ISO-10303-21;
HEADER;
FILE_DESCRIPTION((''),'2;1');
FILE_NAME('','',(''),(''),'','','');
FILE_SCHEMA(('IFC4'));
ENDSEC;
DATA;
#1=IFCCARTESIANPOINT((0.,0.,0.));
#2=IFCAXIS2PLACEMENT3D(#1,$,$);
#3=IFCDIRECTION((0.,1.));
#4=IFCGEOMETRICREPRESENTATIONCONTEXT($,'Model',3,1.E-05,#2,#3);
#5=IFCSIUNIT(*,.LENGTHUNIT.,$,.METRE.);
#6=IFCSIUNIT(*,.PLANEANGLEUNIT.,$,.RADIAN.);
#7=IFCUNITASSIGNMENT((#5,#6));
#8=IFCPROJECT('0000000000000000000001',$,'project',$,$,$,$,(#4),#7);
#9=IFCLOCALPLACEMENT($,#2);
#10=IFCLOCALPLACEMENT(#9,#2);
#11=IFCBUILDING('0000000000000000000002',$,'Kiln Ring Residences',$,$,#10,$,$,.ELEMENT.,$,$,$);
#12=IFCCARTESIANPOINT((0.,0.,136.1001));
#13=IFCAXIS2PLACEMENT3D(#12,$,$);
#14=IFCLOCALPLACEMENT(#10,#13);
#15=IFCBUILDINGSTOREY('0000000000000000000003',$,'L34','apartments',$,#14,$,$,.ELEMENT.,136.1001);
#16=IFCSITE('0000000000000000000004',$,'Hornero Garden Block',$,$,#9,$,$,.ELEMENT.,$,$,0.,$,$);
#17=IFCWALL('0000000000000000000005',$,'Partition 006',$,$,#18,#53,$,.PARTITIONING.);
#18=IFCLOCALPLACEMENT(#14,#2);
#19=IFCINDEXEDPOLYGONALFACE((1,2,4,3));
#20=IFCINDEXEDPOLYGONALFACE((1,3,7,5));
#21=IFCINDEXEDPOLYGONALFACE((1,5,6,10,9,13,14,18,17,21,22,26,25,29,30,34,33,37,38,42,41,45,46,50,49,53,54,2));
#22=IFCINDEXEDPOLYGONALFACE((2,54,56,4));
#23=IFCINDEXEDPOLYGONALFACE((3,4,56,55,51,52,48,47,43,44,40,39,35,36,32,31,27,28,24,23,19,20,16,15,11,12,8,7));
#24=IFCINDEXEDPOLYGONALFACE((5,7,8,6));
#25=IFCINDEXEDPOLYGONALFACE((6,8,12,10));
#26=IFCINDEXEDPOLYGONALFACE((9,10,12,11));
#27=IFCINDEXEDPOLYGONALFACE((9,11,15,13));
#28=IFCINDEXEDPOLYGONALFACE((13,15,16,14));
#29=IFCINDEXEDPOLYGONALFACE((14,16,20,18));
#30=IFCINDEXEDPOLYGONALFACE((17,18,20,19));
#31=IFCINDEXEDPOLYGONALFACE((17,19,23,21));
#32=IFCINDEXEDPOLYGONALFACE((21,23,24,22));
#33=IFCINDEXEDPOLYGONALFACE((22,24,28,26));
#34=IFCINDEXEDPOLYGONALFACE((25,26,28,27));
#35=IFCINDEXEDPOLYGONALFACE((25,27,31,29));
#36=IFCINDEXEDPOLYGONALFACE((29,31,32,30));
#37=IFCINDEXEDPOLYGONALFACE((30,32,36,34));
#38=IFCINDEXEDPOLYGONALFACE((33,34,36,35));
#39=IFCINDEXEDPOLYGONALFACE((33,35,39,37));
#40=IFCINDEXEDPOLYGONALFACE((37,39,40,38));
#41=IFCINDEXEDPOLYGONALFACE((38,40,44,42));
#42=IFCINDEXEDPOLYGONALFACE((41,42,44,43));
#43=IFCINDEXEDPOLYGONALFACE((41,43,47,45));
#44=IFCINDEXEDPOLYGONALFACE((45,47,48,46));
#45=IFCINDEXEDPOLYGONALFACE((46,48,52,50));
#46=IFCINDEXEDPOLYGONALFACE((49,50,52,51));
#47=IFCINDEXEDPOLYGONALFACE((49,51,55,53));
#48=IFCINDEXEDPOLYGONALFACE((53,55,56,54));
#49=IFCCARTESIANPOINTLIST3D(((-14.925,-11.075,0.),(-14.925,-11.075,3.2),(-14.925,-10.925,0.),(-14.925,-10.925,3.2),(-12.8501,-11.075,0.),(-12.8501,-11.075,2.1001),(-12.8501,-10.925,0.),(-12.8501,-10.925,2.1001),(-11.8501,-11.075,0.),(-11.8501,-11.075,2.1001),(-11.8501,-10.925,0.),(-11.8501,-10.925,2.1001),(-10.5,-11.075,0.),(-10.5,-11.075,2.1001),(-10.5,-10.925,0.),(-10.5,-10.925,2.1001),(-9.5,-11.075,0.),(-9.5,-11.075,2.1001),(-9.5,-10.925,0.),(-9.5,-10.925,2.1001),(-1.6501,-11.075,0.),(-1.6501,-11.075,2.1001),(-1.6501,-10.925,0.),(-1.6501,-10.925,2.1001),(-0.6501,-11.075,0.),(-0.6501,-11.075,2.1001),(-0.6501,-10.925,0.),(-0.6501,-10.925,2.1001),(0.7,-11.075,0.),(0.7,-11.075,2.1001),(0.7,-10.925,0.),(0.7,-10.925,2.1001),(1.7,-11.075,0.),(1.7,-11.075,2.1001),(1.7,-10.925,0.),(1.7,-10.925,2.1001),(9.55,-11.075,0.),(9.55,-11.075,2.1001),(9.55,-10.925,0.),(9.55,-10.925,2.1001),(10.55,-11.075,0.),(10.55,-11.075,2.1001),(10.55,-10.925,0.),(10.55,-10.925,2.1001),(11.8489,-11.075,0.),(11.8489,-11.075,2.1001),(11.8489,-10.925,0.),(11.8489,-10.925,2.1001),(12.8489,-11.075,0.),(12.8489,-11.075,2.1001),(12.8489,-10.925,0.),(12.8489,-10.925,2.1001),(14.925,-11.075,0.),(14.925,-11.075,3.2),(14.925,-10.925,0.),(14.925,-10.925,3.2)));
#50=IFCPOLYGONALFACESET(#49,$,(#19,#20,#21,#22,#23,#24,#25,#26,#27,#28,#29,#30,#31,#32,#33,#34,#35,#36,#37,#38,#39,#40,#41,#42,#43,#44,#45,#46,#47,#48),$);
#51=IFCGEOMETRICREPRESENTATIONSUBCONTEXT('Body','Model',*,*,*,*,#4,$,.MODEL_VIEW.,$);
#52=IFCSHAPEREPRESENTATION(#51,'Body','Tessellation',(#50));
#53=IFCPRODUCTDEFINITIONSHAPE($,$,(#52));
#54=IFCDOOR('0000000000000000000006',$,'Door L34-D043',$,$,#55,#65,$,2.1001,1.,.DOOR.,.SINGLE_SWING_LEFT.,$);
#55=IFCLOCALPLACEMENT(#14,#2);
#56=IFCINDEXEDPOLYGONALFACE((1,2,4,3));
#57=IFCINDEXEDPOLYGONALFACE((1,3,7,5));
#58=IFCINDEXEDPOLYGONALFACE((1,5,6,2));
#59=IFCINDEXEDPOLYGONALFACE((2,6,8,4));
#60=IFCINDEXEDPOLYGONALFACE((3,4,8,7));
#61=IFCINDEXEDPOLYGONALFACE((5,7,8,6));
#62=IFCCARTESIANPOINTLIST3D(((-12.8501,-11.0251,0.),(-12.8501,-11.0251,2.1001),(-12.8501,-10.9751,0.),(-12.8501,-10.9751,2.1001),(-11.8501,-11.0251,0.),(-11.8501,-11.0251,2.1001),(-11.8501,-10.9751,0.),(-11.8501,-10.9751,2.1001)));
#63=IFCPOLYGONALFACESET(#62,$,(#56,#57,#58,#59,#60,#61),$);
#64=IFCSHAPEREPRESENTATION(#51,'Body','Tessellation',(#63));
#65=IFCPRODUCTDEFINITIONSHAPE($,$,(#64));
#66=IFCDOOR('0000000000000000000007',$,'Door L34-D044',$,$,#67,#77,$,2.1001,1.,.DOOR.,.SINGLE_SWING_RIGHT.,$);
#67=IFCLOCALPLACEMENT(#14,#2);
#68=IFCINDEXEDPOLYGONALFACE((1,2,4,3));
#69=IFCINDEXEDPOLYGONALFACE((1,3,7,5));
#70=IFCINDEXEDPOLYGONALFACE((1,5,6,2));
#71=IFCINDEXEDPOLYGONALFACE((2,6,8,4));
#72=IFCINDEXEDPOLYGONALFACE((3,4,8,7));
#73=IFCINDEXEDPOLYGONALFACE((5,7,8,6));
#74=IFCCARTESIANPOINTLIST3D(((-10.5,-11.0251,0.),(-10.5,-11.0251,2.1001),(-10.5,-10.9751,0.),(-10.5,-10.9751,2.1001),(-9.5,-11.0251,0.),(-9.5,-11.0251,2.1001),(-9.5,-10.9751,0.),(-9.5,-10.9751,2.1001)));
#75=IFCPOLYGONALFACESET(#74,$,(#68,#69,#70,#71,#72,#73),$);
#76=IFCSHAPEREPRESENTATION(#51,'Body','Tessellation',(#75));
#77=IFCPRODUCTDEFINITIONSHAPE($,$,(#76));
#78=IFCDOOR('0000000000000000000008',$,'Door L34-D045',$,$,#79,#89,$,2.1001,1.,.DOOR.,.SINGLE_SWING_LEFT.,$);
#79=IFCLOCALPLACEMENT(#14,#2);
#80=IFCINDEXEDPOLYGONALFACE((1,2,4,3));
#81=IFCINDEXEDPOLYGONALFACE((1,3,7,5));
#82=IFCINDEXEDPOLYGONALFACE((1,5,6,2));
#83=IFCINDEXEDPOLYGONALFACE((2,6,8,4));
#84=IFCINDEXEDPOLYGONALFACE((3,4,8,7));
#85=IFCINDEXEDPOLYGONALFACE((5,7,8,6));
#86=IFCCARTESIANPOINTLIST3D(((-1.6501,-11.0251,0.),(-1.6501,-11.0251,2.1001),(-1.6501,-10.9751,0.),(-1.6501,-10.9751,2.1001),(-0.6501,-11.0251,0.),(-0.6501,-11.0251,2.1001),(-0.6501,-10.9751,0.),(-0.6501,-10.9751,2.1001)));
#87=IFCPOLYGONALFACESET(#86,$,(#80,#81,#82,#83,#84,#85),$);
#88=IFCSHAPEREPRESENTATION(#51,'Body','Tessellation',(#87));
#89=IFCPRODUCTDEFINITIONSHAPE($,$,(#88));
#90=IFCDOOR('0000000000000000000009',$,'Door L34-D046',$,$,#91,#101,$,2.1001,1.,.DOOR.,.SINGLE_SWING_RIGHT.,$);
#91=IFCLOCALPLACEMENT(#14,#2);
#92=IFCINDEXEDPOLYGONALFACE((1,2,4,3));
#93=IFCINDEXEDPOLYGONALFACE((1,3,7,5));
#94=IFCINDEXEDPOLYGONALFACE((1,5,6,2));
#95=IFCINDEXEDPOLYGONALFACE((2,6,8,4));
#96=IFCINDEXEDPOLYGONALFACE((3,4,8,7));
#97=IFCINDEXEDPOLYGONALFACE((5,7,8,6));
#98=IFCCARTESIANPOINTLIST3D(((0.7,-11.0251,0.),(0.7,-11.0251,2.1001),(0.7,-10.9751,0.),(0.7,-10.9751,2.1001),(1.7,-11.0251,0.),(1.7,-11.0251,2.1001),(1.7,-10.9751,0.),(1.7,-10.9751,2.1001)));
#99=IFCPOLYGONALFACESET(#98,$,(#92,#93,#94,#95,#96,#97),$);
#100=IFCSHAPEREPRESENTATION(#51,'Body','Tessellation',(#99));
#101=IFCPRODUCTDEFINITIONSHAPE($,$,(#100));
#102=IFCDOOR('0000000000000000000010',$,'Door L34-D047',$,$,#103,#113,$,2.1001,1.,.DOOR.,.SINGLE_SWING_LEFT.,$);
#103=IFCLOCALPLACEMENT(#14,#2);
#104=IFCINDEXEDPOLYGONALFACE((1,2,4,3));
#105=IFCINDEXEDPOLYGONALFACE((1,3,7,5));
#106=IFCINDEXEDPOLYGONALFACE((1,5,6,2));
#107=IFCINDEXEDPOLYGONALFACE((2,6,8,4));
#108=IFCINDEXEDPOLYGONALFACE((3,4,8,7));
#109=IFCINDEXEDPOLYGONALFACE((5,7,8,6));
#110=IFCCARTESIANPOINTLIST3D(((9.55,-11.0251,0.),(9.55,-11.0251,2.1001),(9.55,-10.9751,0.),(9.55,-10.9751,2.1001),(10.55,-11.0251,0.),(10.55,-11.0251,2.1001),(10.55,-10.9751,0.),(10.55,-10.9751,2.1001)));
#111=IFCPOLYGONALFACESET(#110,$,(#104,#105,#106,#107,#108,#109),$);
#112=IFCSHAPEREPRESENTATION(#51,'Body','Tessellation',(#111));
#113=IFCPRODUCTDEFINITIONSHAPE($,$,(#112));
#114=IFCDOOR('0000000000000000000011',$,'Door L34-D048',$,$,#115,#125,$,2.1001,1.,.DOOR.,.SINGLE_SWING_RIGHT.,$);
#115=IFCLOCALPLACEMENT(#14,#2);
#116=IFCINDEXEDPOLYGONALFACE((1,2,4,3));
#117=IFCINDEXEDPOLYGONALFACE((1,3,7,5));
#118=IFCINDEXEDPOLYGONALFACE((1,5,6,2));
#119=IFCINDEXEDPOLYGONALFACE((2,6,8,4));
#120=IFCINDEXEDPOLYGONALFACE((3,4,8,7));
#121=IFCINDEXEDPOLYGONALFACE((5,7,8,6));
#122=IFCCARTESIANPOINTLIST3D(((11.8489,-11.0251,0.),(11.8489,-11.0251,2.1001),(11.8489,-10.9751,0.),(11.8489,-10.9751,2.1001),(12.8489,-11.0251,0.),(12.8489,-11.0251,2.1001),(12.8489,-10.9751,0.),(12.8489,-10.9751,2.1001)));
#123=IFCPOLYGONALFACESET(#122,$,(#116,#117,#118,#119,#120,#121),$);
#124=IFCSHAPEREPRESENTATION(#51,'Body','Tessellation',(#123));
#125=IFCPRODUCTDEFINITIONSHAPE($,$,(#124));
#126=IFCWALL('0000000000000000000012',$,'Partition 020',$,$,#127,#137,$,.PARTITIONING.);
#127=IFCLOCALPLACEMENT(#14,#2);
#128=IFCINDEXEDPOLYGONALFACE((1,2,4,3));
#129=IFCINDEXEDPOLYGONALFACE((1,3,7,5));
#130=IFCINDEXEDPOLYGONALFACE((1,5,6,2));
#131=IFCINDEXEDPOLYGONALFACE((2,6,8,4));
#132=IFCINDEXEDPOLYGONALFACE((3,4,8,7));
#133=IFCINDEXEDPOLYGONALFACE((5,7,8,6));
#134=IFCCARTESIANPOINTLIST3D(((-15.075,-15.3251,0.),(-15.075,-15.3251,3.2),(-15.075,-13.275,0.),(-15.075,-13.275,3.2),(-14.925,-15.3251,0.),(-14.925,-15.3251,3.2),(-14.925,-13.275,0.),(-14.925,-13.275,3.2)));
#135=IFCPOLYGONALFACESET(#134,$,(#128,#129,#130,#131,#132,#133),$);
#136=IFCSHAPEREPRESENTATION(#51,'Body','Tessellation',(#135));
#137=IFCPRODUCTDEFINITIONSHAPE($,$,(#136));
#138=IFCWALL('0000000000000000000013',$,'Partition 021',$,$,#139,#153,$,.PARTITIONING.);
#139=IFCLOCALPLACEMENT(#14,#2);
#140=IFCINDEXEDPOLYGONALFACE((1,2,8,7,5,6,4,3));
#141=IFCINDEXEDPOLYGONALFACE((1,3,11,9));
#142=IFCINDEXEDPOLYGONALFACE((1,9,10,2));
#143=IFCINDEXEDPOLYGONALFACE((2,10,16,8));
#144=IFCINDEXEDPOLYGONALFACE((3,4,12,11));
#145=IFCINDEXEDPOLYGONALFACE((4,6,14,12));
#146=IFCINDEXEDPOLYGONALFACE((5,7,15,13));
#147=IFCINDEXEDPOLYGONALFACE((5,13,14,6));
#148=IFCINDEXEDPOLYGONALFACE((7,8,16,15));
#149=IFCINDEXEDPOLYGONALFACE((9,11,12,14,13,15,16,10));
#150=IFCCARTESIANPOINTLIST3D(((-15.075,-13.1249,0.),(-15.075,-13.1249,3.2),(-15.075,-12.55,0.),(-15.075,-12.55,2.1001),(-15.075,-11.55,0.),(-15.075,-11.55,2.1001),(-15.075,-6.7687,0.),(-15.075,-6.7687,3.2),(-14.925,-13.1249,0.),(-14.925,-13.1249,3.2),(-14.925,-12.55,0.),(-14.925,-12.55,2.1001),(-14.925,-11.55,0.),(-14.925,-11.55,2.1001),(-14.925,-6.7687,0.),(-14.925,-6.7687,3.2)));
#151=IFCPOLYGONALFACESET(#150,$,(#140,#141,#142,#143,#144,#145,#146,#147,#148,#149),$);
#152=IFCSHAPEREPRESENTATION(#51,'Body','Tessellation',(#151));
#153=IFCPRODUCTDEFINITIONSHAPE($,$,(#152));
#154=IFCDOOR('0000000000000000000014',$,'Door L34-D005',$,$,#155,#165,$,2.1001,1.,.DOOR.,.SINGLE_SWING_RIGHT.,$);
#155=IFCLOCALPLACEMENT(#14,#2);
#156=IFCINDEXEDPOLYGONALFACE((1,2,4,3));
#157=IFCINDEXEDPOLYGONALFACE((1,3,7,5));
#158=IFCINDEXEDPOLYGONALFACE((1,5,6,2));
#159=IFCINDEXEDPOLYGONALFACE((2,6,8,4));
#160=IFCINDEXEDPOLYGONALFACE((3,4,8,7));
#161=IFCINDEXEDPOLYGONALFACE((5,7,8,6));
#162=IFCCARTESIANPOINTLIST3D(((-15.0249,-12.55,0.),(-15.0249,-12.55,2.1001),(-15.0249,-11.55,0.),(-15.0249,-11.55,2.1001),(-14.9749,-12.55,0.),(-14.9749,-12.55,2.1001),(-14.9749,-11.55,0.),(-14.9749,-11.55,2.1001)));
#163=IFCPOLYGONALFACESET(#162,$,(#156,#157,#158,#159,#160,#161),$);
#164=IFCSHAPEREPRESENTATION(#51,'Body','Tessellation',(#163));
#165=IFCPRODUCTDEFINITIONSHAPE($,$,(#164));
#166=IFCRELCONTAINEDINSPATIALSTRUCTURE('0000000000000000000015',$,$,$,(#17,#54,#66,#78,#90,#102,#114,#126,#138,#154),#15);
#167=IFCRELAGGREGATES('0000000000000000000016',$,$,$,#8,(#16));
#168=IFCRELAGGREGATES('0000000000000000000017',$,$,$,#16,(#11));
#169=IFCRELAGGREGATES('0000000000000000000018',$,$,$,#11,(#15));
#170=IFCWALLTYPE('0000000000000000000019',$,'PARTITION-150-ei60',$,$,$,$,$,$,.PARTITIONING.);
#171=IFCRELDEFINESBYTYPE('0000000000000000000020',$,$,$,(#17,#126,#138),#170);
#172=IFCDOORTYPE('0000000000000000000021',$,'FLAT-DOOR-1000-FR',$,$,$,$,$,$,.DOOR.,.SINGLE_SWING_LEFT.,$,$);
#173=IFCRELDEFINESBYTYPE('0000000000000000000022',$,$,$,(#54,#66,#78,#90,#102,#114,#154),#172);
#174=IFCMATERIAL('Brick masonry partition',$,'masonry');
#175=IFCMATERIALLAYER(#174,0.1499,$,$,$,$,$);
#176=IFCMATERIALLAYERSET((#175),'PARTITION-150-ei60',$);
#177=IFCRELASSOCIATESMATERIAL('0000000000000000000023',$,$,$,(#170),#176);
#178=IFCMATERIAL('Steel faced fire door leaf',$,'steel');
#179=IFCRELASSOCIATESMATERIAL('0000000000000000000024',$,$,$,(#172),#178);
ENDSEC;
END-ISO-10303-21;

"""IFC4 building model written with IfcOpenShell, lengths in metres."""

from ifc_helpers import new_model, si_unit, direction, frame, frame_2d, origin, place, context, subcontext, project, spatial, rectangle, extrude, material, layer, layer_set, type_object, element, fill, save


model = new_model("IFC4")

# Units and contexts
model_context = context("Model", 3, precision=1e-05, world=origin(), true_north=direction((0.0, 1.0)))
body_context = subcontext(model_context, "Body", "Model", "MODEL_VIEW")
ifc_project = project(units=[si_unit("LENGTHUNIT", "METRE"), si_unit("PLANEANGLEUNIT", "RADIAN")], contexts=[model_context])

# Site, building, storey
site_placement = place(None, origin())
site = spatial("IfcSite", under=ifc_project, at=site_placement, Name="Hornero Garden Block", CompositionType="ELEMENT", RefElevation=0.0)
building_placement = place(site_placement, origin())
building = spatial("IfcBuilding", under=site, at=building_placement, Name="Kiln Ring Residences", CompositionType="ELEMENT")
storey_placement = place(building_placement, frame((0.0, 0.0, 136.1001)))
storey = spatial("IfcBuildingStorey", under=building, at=storey_placement, Name="L34", Description="apartments", CompositionType="ELEMENT", Elevation=136.1001)

# Wall, openings, doors
ifc_material_1 = material(Name="Brick masonry partition", Category="masonry")
ifc_layer_1 = layer(ifc_material_1, 0.1499)
ifc_layer_set_1 = layer_set([ifc_layer_1], Name="PARTITION-150-ei60")
wall_type_1 = type_object("IfcWallType", Name="PARTITION-150-ei60", PredefinedType="PARTITIONING", material=ifc_layer_set_1)
wall_1_placement = place(storey_placement, frame((-14.925, -11.0, 0.0), z_axis=(0.0, 0.0, 1.0), x_axis=(1.0, 0.0, 0.0)))
wall_1 = element("IfcWall", 1, at=wall_1_placement, inside=storey, type_object=wall_type_1, Name="Partition 006", PredefinedType="PARTITIONING", context=body_context, shape_type="SweptSolid", body=[
    extrude(rectangle(XDim=29.8501, YDim=0.1499, at=frame_2d((14.925, 0.0))), origin(), (0.0, 0.0, 1.0), 3.2),
])
opening_1_placement = place(wall_1_placement, frame((2.075, 0.0, 0.0)))
opening_1 = element("IfcOpeningElement", 2, at=opening_1_placement, cuts=wall_1, PredefinedType="OPENING", context=body_context, shape_type="SweptSolid", body=[
    extrude(rectangle(XDim=1.0, YDim=2.1001, at=frame_2d((0.5, 1.05))), frame((0.0, 0.085, 0.0), z_axis=(0.0, -1.0, 0.0), x_axis=(1.0, 0.0, 0.0)), (0.0, 0.0, 1.0), 0.1699),
])
opening_2_placement = place(wall_1_placement, frame((4.425, 0.0, 0.0)))
opening_2 = element("IfcOpeningElement", 3, at=opening_2_placement, cuts=wall_1, PredefinedType="OPENING", context=body_context, shape_type="SweptSolid", body=[
    extrude(rectangle(XDim=1.0, YDim=2.1001, at=frame_2d((0.5, 1.05))), frame((0.0, 0.085, 0.0), z_axis=(0.0, -1.0, 0.0), x_axis=(1.0, 0.0, 0.0)), (0.0, 0.0, 1.0), 0.1699),
])
opening_3_placement = place(wall_1_placement, frame((13.2749, 0.0, 0.0)))
opening_3 = element("IfcOpeningElement", 4, at=opening_3_placement, cuts=wall_1, PredefinedType="OPENING", context=body_context, shape_type="SweptSolid", body=[
    extrude(rectangle(XDim=1.0, YDim=2.1001, at=frame_2d((0.5, 1.05))), frame((0.0, 0.085, 0.0), z_axis=(0.0, -1.0, 0.0), x_axis=(1.0, 0.0, 0.0)), (0.0, 0.0, 1.0), 0.1699),
])
opening_4_placement = place(wall_1_placement, frame((15.625, 0.0, 0.0)))
opening_4 = element("IfcOpeningElement", 5, at=opening_4_placement, cuts=wall_1, PredefinedType="OPENING", context=body_context, shape_type="SweptSolid", body=[
    extrude(rectangle(XDim=1.0, YDim=2.1001, at=frame_2d((0.5, 1.05))), frame((0.0, 0.085, 0.0), z_axis=(0.0, -1.0, 0.0), x_axis=(1.0, 0.0, 0.0)), (0.0, 0.0, 1.0), 0.1699),
])
opening_5_placement = place(wall_1_placement, frame((24.4751, 0.0, 0.0)))
opening_5 = element("IfcOpeningElement", 6, at=opening_5_placement, cuts=wall_1, PredefinedType="OPENING", context=body_context, shape_type="SweptSolid", body=[
    extrude(rectangle(XDim=1.0, YDim=2.1001, at=frame_2d((0.5, 1.05))), frame((0.0, 0.085, 0.0), z_axis=(0.0, -1.0, 0.0), x_axis=(1.0, 0.0, 0.0)), (0.0, 0.0, 1.0), 0.1699),
])
opening_6_placement = place(wall_1_placement, frame((26.7739, 0.0, 0.0)))
opening_6 = element("IfcOpeningElement", 7, at=opening_6_placement, cuts=wall_1, PredefinedType="OPENING", context=body_context, shape_type="SweptSolid", body=[
    extrude(rectangle(XDim=1.0, YDim=2.1001, at=frame_2d((0.5, 1.05))), frame((0.0, 0.085, 0.0), z_axis=(0.0, -1.0, 0.0), x_axis=(1.0, 0.0, 0.0)), (0.0, 0.0, 1.0), 0.1699),
])
ifc_material_2 = material(Name="Steel faced fire door leaf", Category="steel")
door_type = type_object("IfcDoorType", Name="FLAT-DOOR-1000-FR", OperationType="SINGLE_SWING_LEFT", PredefinedType="DOOR", material=ifc_material_2)
door_1_placement = place(opening_1_placement, origin())
door_1 = element("IfcDoor", 8, at=door_1_placement, inside=storey, type_object=door_type, Name="Door L34-D043", OperationType="SINGLE_SWING_LEFT", OverallHeight=2.1001, OverallWidth=1.0, PredefinedType="DOOR", context=body_context, shape_type="SweptSolid", body=[
    extrude(rectangle(XDim=1.0, YDim=2.1001, at=frame_2d((0.5, 1.05))), frame((0.0, 0.0249, 0.0), z_axis=(0.0, -1.0, 0.0), x_axis=(1.0, 0.0, 0.0)), (0.0, 0.0, 1.0), 0.05),
])
fill(opening_1, door_1)
door_2_placement = place(opening_2_placement, origin())
door_2 = element("IfcDoor", 9, at=door_2_placement, inside=storey, type_object=door_type, Name="Door L34-D044", OperationType="SINGLE_SWING_RIGHT", OverallHeight=2.1001, OverallWidth=1.0, PredefinedType="DOOR", context=body_context, shape_type="SweptSolid", body=[
    extrude(rectangle(XDim=1.0, YDim=2.1001, at=frame_2d((0.5, 1.05))), frame((0.0, 0.0249, 0.0), z_axis=(0.0, -1.0, 0.0), x_axis=(1.0, 0.0, 0.0)), (0.0, 0.0, 1.0), 0.05),
])
fill(opening_2, door_2)
door_3_placement = place(opening_3_placement, origin())
door_3 = element("IfcDoor", 10, at=door_3_placement, inside=storey, type_object=door_type, Name="Door L34-D045", OperationType="SINGLE_SWING_LEFT", OverallHeight=2.1001, OverallWidth=1.0, PredefinedType="DOOR", context=body_context, shape_type="SweptSolid", body=[
    extrude(rectangle(XDim=1.0, YDim=2.1001, at=frame_2d((0.5, 1.05))), frame((0.0, 0.0249, 0.0), z_axis=(0.0, -1.0, 0.0), x_axis=(1.0, 0.0, 0.0)), (0.0, 0.0, 1.0), 0.05),
])
fill(opening_3, door_3)
door_4_placement = place(opening_4_placement, origin())
door_4 = element("IfcDoor", 11, at=door_4_placement, inside=storey, type_object=door_type, Name="Door L34-D046", OperationType="SINGLE_SWING_RIGHT", OverallHeight=2.1001, OverallWidth=1.0, PredefinedType="DOOR", context=body_context, shape_type="SweptSolid", body=[
    extrude(rectangle(XDim=1.0, YDim=2.1001, at=frame_2d((0.5, 1.05))), frame((0.0, 0.0249, 0.0), z_axis=(0.0, -1.0, 0.0), x_axis=(1.0, 0.0, 0.0)), (0.0, 0.0, 1.0), 0.05),
])
fill(opening_4, door_4)
door_5_placement = place(opening_5_placement, origin())
door_5 = element("IfcDoor", 12, at=door_5_placement, inside=storey, type_object=door_type, Name="Door L34-D047", OperationType="SINGLE_SWING_LEFT", OverallHeight=2.1001, OverallWidth=1.0, PredefinedType="DOOR", context=body_context, shape_type="SweptSolid", body=[
    extrude(rectangle(XDim=1.0, YDim=2.1001, at=frame_2d((0.5, 1.05))), frame((0.0, 0.0249, 0.0), z_axis=(0.0, -1.0, 0.0), x_axis=(1.0, 0.0, 0.0)), (0.0, 0.0, 1.0), 0.05),
])
fill(opening_5, door_5)
door_6_placement = place(opening_6_placement, origin())
door_6 = element("IfcDoor", 13, at=door_6_placement, inside=storey, type_object=door_type, Name="Door L34-D048", OperationType="SINGLE_SWING_RIGHT", OverallHeight=2.1001, OverallWidth=1.0, PredefinedType="DOOR", context=body_context, shape_type="SweptSolid", body=[
    extrude(rectangle(XDim=1.0, YDim=2.1001, at=frame_2d((0.5, 1.05))), frame((0.0, 0.0249, 0.0), z_axis=(0.0, -1.0, 0.0), x_axis=(1.0, 0.0, 0.0)), (0.0, 0.0, 1.0), 0.05),
])
fill(opening_6, door_6)

# Wall
wall_2_placement = place(storey_placement, frame((-15.0, -15.325, 0.0), z_axis=(0.0, 0.0, 1.0), x_axis=(0.0, 1.0, 0.0)))
element("IfcWall", 14, at=wall_2_placement, inside=storey, type_object=wall_type_1, Name="Partition 020", PredefinedType="PARTITIONING", context=body_context, shape_type="SweptSolid", body=[
    extrude(rectangle(XDim=2.05, YDim=0.1499, at=frame_2d((1.0249, 0.0))), origin(), (0.0, 0.0, 1.0), 3.2),
])

# Wall, opening, door
wall_3_placement = place(storey_placement, frame((-15.0, -13.125, 0.0), z_axis=(0.0, 0.0, 1.0), x_axis=(0.0, 1.0, 0.0)))
wall_3 = element("IfcWall", 15, at=wall_3_placement, inside=storey, type_object=wall_type_1, Name="Partition 021", PredefinedType="PARTITIONING", context=body_context, shape_type="SweptSolid", body=[
    extrude(rectangle(XDim=6.3562, YDim=0.1499, at=frame_2d((3.1782, 0.0))), origin(), (0.0, 0.0, 1.0), 3.2),
])
opening_7_placement = place(wall_3_placement, frame((0.575, 0.0, 0.0)))
opening_7 = element("IfcOpeningElement", 16, at=opening_7_placement, cuts=wall_3, PredefinedType="OPENING", context=body_context, shape_type="SweptSolid", body=[
    extrude(rectangle(XDim=1.0, YDim=2.1001, at=frame_2d((0.5, 1.05))), frame((0.0, 0.085, 0.0), z_axis=(0.0, -1.0, 0.0), x_axis=(1.0, 0.0, 0.0)), (0.0, 0.0, 1.0), 0.1699),
])
door_7_placement = place(opening_7_placement, origin())
door_7 = element("IfcDoor", 17, at=door_7_placement, inside=storey, type_object=door_type, Name="Door L34-D005", OperationType="SINGLE_SWING_RIGHT", OverallHeight=2.1001, OverallWidth=1.0, PredefinedType="DOOR", context=body_context, shape_type="SweptSolid", body=[
    extrude(rectangle(XDim=1.0, YDim=2.1001, at=frame_2d((0.5, 1.05))), frame((0.0, 0.0249, 0.0), z_axis=(0.0, -1.0, 0.0), x_axis=(1.0, 0.0, 0.0)), (0.0, 0.0, 1.0), 0.05),
])
fill(opening_7, door_7)

save(model, "model.ifc")
